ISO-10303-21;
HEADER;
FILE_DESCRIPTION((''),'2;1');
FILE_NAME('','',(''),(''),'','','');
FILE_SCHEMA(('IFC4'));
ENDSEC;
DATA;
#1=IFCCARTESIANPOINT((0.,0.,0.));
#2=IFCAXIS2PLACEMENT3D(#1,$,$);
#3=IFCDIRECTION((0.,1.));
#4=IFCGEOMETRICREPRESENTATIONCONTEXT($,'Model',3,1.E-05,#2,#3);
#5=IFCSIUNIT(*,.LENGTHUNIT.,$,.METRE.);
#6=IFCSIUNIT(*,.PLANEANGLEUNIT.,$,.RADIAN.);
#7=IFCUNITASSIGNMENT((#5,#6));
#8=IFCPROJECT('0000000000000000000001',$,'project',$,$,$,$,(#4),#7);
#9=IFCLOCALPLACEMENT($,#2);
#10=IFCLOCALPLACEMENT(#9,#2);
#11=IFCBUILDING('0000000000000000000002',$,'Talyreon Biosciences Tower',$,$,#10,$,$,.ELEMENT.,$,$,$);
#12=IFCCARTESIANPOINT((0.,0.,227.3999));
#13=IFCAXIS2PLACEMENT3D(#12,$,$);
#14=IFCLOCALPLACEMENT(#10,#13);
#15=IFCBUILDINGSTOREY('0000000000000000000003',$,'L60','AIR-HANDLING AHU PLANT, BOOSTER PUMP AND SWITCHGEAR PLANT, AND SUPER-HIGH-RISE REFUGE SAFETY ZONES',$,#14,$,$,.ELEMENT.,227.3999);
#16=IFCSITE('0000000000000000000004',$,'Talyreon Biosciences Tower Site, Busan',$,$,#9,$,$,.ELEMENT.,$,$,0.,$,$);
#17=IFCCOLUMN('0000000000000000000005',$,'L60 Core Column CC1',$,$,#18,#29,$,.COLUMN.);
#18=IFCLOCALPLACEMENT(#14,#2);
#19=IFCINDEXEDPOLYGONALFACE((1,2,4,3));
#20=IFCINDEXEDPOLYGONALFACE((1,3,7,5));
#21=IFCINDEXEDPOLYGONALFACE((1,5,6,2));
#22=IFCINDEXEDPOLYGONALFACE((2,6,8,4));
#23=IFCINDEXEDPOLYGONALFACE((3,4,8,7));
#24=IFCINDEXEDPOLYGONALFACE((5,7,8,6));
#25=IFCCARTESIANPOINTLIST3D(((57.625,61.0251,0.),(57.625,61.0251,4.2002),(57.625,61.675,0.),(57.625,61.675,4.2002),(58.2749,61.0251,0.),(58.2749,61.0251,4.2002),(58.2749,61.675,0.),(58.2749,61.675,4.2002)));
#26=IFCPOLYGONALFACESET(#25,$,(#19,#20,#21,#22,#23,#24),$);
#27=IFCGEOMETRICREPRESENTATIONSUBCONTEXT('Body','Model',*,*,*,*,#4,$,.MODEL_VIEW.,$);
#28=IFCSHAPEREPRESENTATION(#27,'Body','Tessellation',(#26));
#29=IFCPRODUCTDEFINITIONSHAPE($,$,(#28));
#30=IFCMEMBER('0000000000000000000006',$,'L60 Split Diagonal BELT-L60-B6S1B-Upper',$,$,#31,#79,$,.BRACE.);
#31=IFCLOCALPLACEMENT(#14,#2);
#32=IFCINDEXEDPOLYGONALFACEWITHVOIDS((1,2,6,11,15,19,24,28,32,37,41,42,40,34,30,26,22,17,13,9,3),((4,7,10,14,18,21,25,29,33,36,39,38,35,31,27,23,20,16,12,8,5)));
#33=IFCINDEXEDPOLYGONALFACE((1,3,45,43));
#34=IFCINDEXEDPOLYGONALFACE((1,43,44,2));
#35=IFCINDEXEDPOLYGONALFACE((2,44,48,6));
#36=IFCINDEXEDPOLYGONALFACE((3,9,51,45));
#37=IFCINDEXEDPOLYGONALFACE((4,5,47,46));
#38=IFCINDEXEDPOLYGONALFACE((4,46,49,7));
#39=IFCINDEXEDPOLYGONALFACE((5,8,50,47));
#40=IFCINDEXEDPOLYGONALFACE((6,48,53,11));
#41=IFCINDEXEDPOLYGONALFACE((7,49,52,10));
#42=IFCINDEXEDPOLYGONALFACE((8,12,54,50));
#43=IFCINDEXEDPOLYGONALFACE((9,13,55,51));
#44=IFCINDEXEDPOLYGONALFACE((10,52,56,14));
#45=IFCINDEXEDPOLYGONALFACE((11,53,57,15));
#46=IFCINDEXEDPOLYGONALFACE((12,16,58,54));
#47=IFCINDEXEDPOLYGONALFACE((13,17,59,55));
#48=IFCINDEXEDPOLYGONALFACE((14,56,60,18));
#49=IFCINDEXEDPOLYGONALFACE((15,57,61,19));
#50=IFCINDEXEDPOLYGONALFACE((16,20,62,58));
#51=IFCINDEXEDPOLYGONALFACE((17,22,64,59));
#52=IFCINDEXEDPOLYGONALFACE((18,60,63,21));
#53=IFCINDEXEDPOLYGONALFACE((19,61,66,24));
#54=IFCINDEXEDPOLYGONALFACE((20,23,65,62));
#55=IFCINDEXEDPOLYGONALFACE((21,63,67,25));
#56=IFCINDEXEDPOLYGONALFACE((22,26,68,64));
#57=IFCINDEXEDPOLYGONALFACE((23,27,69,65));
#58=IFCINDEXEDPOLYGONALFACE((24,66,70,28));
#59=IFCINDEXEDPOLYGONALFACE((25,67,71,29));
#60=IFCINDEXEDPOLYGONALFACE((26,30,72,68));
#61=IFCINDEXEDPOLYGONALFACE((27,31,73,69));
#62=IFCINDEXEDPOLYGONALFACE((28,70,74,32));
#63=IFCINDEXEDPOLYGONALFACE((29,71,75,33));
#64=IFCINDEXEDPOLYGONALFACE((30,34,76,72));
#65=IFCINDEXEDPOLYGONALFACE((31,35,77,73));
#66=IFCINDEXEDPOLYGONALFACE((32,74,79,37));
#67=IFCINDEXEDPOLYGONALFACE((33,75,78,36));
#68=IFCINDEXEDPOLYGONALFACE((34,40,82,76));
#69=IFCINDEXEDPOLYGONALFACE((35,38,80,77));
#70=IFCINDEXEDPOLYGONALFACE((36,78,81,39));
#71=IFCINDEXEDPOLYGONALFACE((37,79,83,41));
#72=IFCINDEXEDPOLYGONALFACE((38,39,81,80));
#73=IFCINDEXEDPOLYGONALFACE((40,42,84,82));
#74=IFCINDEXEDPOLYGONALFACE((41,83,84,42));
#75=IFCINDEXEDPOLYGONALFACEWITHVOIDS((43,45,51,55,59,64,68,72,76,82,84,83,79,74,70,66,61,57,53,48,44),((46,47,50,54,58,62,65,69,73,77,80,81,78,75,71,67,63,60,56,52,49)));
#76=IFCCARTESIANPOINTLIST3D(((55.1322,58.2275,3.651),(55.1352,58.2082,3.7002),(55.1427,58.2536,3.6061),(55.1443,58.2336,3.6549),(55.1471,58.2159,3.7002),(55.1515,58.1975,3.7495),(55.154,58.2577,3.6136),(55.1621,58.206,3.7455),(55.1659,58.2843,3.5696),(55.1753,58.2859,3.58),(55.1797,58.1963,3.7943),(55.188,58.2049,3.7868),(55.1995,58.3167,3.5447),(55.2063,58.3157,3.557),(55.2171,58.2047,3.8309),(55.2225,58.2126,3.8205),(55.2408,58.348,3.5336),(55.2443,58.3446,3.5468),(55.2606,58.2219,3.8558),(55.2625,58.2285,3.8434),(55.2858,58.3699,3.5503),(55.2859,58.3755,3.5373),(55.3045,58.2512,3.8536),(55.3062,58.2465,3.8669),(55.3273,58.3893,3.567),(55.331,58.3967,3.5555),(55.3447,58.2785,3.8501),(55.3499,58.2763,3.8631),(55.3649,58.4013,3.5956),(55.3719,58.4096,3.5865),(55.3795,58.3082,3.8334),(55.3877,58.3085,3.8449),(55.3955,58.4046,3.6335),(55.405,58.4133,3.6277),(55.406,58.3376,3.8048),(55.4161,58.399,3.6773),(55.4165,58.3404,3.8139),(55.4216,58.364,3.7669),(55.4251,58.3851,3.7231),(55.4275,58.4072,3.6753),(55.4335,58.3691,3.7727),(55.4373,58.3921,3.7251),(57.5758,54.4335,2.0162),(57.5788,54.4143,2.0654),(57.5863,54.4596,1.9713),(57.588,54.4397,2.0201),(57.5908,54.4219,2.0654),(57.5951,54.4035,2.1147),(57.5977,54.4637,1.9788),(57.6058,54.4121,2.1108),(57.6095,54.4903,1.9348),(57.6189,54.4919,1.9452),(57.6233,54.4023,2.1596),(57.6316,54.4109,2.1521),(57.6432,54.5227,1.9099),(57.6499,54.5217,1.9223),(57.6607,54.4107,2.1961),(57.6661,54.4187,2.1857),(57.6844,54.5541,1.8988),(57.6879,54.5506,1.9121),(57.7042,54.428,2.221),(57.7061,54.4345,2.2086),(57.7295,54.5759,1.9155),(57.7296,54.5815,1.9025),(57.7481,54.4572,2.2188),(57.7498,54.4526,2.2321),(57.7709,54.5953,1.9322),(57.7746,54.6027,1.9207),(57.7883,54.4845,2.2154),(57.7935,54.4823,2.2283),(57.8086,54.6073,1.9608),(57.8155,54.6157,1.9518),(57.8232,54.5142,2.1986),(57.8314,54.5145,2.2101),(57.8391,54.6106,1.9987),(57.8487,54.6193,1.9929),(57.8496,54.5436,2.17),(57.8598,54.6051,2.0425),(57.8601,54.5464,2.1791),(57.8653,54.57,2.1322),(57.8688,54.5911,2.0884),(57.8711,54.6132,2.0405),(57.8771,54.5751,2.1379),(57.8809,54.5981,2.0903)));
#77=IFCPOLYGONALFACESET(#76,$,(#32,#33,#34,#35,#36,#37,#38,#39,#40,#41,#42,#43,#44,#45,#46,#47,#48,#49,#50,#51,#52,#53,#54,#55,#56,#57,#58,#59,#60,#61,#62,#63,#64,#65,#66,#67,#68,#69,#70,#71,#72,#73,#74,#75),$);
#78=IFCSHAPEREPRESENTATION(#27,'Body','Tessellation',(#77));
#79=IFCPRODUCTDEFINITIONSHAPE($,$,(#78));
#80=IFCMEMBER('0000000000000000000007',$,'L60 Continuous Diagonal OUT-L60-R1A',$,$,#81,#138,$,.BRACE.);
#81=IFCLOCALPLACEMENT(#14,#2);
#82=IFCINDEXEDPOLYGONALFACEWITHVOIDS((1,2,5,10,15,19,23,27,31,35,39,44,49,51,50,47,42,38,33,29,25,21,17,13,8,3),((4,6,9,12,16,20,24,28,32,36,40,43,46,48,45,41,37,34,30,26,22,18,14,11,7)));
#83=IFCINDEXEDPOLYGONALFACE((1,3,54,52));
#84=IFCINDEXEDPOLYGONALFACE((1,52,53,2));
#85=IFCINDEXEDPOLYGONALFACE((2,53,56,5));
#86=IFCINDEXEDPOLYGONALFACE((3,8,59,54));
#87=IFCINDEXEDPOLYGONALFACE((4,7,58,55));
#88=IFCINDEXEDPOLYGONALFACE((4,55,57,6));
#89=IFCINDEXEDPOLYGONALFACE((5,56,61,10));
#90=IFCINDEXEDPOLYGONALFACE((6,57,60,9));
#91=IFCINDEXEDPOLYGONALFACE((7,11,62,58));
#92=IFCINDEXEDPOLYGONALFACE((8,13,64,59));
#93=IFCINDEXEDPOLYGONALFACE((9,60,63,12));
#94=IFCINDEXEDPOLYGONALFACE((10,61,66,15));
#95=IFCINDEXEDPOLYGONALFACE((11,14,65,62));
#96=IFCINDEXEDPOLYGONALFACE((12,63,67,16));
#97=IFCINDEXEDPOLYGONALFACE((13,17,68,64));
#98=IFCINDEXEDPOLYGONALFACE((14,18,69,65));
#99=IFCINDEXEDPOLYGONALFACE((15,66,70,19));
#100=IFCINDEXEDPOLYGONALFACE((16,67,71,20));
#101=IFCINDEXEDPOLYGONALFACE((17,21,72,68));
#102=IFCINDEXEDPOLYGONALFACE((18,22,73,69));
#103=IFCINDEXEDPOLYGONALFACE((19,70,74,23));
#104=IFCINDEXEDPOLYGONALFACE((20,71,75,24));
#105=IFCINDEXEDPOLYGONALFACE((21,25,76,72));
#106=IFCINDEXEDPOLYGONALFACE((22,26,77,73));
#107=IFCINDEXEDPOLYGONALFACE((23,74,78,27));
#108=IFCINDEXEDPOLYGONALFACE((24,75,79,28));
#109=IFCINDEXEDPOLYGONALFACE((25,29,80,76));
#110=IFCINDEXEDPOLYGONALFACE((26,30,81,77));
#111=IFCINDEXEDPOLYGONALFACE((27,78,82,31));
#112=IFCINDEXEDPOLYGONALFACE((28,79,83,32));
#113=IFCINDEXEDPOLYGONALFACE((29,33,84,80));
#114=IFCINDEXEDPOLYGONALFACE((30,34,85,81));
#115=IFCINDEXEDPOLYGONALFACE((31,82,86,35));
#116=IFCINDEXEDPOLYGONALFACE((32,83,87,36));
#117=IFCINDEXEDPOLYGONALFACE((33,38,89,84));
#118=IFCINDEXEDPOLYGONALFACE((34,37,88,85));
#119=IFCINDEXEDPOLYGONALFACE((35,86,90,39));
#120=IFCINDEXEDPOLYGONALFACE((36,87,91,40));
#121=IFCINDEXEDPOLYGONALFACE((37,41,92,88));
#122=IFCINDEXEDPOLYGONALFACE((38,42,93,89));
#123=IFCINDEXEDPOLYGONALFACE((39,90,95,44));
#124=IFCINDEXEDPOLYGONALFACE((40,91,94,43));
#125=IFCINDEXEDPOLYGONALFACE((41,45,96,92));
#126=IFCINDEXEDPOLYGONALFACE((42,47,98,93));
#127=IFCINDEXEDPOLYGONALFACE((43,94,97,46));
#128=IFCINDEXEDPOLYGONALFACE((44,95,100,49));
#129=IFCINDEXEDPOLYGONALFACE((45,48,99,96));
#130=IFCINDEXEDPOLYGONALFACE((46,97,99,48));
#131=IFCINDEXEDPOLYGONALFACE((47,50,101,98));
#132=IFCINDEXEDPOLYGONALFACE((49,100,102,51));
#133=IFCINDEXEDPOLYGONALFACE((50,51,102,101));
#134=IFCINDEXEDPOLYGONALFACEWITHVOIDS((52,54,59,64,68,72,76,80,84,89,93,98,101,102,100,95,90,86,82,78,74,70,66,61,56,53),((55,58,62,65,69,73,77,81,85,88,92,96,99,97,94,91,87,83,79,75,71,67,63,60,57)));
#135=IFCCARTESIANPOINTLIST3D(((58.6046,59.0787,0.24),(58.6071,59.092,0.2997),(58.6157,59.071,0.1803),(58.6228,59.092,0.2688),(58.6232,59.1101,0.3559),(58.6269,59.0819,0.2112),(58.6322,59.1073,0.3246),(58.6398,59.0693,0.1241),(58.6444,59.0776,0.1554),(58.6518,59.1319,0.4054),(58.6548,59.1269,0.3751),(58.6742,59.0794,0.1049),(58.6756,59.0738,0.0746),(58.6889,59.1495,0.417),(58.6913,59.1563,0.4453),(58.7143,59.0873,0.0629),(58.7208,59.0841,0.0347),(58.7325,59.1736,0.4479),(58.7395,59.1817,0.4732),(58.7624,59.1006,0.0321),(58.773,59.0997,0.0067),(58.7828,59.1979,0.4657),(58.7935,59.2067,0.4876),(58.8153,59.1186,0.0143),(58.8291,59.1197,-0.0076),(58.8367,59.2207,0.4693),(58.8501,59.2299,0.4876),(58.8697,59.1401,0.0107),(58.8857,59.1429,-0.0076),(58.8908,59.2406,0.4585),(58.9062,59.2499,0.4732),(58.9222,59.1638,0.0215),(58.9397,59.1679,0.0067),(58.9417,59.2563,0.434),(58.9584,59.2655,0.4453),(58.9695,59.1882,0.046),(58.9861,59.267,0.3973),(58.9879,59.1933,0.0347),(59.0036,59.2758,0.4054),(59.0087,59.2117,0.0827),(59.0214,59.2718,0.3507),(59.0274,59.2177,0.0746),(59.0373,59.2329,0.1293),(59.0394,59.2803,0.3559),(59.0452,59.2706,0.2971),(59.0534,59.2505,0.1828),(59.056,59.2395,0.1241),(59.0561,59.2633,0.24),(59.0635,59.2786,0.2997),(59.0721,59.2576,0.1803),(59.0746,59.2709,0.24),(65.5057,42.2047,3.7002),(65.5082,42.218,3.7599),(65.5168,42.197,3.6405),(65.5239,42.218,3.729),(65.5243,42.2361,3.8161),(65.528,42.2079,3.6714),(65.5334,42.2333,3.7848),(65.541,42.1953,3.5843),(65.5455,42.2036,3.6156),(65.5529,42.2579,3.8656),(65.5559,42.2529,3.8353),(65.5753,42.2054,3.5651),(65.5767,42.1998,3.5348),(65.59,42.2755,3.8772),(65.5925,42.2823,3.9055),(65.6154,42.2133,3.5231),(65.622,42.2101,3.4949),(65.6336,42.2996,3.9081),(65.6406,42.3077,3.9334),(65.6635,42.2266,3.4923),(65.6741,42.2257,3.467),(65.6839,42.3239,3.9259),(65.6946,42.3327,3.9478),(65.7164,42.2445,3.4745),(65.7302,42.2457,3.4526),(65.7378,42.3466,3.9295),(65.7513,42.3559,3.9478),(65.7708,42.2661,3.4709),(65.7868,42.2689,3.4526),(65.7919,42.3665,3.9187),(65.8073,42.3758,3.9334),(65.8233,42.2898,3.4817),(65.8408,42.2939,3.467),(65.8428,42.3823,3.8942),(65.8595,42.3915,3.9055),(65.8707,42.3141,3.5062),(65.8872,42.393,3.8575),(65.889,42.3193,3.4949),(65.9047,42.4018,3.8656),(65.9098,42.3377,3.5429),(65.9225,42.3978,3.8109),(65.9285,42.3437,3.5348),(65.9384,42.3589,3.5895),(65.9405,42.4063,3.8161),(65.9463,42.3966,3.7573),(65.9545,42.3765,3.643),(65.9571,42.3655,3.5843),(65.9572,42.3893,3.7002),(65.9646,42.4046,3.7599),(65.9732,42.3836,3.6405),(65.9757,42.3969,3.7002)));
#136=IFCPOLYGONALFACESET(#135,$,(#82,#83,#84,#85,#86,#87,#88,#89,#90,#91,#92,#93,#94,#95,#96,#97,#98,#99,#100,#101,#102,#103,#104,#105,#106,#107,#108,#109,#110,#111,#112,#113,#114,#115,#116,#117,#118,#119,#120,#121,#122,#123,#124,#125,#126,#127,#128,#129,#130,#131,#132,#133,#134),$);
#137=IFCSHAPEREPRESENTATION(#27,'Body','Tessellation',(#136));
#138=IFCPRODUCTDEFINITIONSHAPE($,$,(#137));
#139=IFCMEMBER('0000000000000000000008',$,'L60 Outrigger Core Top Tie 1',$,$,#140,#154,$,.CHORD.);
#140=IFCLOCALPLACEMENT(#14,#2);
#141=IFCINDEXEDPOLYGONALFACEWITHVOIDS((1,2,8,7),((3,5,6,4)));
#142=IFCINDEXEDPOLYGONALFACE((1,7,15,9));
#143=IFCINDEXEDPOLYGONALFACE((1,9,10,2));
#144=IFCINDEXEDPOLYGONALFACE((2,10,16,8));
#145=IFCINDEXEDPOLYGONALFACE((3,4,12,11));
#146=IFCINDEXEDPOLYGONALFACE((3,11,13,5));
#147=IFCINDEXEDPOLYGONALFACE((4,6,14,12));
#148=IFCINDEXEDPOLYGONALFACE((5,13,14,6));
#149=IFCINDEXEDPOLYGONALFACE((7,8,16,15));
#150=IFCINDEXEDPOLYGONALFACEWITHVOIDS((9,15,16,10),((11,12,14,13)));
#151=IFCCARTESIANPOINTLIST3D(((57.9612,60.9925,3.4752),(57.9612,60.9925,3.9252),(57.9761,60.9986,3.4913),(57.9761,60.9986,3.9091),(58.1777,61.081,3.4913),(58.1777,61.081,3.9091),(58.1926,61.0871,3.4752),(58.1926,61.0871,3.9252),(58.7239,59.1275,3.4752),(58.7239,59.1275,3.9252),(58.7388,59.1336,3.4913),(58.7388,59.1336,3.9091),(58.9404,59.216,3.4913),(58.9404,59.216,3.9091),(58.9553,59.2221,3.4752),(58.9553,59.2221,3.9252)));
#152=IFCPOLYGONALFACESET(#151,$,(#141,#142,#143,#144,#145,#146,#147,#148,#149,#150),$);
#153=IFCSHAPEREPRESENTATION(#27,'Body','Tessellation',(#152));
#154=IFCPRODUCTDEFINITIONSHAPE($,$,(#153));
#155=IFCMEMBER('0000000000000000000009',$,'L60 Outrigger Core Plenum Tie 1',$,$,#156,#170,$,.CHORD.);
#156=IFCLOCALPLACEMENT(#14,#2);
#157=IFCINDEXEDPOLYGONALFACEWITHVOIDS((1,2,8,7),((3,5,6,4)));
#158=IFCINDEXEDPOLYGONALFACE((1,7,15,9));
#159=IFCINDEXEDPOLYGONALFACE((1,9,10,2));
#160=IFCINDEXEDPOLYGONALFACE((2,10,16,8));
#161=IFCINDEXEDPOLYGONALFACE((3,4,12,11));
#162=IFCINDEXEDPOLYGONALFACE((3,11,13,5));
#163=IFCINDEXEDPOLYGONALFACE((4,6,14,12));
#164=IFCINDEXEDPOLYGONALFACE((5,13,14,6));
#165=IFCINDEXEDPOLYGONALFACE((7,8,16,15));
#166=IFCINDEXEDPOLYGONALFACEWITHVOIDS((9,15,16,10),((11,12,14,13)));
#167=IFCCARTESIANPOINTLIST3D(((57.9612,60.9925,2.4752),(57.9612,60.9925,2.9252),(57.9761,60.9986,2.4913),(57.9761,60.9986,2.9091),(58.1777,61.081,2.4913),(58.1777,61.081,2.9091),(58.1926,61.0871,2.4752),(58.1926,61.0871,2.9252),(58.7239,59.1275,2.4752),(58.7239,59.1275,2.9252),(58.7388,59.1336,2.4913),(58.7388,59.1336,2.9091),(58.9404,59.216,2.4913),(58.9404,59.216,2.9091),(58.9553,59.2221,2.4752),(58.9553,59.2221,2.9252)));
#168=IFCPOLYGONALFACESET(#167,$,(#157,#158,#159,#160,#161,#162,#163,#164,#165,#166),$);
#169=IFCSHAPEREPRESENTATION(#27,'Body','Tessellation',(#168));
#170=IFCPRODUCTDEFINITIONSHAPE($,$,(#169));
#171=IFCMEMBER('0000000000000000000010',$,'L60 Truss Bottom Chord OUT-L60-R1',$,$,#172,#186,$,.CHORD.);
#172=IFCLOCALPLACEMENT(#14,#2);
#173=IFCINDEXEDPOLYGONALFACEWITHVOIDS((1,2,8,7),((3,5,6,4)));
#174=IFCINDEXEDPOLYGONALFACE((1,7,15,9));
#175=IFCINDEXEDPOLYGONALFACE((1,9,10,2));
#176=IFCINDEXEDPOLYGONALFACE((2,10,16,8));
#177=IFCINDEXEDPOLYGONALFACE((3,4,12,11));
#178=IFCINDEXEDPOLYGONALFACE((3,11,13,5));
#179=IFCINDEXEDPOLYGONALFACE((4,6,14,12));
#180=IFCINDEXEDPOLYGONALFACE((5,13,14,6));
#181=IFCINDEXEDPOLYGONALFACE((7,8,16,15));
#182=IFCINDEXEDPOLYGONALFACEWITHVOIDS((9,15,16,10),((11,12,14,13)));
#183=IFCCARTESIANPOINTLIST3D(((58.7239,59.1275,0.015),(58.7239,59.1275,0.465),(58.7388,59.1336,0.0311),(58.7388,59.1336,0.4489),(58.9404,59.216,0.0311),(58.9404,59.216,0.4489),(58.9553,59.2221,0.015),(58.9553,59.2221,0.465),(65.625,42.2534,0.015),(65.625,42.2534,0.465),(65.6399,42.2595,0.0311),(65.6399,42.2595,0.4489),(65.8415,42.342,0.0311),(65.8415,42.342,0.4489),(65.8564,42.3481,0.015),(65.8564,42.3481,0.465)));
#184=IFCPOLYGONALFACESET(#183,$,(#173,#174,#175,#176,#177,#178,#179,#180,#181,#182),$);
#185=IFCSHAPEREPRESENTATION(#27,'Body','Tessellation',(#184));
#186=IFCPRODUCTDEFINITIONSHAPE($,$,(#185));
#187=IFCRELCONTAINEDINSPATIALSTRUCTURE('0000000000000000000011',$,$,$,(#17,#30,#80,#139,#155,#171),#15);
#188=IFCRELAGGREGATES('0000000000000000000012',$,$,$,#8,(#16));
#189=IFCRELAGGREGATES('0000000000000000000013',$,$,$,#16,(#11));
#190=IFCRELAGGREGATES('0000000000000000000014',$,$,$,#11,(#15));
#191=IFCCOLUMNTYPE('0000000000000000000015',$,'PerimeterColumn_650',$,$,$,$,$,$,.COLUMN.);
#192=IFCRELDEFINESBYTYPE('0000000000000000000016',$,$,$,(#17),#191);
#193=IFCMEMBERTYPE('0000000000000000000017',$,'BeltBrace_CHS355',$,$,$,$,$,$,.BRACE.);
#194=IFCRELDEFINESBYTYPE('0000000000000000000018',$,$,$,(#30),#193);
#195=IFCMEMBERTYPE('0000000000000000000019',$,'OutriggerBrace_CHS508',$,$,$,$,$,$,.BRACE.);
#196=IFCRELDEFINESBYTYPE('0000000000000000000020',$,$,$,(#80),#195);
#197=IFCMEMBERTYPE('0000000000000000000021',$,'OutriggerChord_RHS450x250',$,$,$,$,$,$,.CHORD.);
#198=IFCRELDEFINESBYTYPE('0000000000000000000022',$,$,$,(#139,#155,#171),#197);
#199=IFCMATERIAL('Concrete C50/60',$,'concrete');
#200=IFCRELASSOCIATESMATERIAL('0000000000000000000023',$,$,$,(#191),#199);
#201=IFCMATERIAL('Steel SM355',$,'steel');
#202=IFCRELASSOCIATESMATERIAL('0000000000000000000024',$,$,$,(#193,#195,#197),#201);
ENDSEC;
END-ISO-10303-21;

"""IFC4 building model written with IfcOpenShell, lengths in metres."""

from ifc_helpers import new_model, si_unit, direction, frame, origin, origin_2d, place, context, subcontext, project, spatial, rectangle, hollow_rectangle, hollow_circle, extrude, material, material_profile, profile_set, type_object, element, save


model = new_model("IFC4")

# Units and contexts
model_context = context("Model", 3, precision=1e-05, world=origin(), true_north=direction((0.0, 1.0)))
body_context = subcontext(model_context, "Body", "Model", "MODEL_VIEW")
ifc_project = project(units=[si_unit("LENGTHUNIT", "METRE"), si_unit("PLANEANGLEUNIT", "RADIAN")], contexts=[model_context])

# Site, building, storey
site_placement = place(None, origin())
site = spatial("IfcSite", under=ifc_project, at=site_placement, Name="Talyreon Biosciences Tower Site, Busan", CompositionType="ELEMENT", RefElevation=0.0)
building_placement = place(site_placement, origin())
building = spatial("IfcBuilding", under=site, at=building_placement, Name="Talyreon Biosciences Tower", CompositionType="ELEMENT")
storey_placement = place(building_placement, frame((0.0, 0.0, 227.3999)))
storey = spatial("IfcBuildingStorey", under=building, at=storey_placement, Name="L60", Description="AIR-HANDLING AHU PLANT, BOOSTER PUMP AND SWITCHGEAR PLANT, AND SUPER-HIGH-RISE REFUGE SAFETY ZONES", CompositionType="ELEMENT", Elevation=227.3999)

# Column
ifc_material_1 = material(Name="Concrete C50/60", Category="concrete")
ifc_material_profile_1 = material_profile(ifc_material_1, rectangle(XDim=0.6499, YDim=0.6499, at=origin_2d()), Name="RC 650x650")
ifc_profile_set_1 = profile_set([ifc_material_profile_1], Name="Concrete C50/60")
column_type = type_object("IfcColumnType", Name="PerimeterColumn_650", PredefinedType="COLUMN", material=ifc_profile_set_1)
column_placement = place(storey_placement, frame((57.95, 61.3501, 0.0), z_axis=(0.0, 0.0, 1.0), x_axis=(1.0, 0.0, 0.0)))
element("IfcColumn", 1, at=column_placement, inside=storey, type_object=column_type, Name="L60 Core Column CC1", PredefinedType="COLUMN", context=body_context, shape_type="SweptSolid", body=[
    extrude(rectangle(XDim=0.6499, YDim=0.6499, at=origin_2d()), origin(), (0.0, 0.0, 1.0), 4.2002),
])

# Members
ifc_material_2 = material(Name="Steel SM355", Category="steel")
ifc_material_profile_2 = material_profile(ifc_material_2, hollow_circle(Radius=0.1777, WallThickness=0.0142, at=origin_2d()), Name="CHS 355.6x14.2")
ifc_profile_set_2 = profile_set([ifc_material_profile_2], Name="Steel SM355")
member_type_1 = type_object("IfcMemberType", Name="BeltBrace_CHS355", PredefinedType="BRACE", material=ifc_profile_set_2)
member_1_placement = place(storey_placement, frame((57.7283, 54.5105, 2.0654), z_axis=(-0.50911, 0.790445, 0.340593), x_axis=(-0.840711, -0.541485, 0.0)))
element("IfcMember", 2, at=member_1_placement, inside=storey, type_object=member_type_1, Name="L60 Split Diagonal BELT-L60-B6S1B-Upper", PredefinedType="BRACE", context=body_context, shape_type="SweptSolid", body=[
    extrude(hollow_circle(Radius=0.1777, WallThickness=0.0142, at=origin_2d()), origin(), (0.0, 0.0, 1.0), 4.7998),
])
ifc_material_profile_3 = material_profile(ifc_material_2, hollow_circle(Radius=0.2539, WallThickness=0.02, at=origin_2d()), Name="CHS 508x20")
ifc_profile_set_3 = profile_set([ifc_material_profile_3], Name="Steel SM355")
member_type_2 = type_object("IfcMemberType", Name="OutriggerBrace_CHS508", PredefinedType="BRACE", material=ifc_profile_set_3)
member_2_placement = place(storey_placement, frame((58.8396, 59.1748, 0.24), z_axis=(0.371905, -0.909349, 0.186472), x_axis=(0.925583, 0.378544, 0.0)))
element("IfcMember", 3, at=member_2_placement, inside=storey, type_object=member_type_2, Name="L60 Continuous Diagonal OUT-L60-R1A", PredefinedType="BRACE", context=body_context, shape_type="SweptSolid", body=[
    extrude(hollow_circle(Radius=0.2539, WallThickness=0.02, at=origin_2d()), origin(), (0.0, 0.0, 1.0), 18.5562),
])
ifc_material_profile_4 = material_profile(ifc_material_2, hollow_rectangle(XDim=0.25, YDim=0.45, WallThickness=0.0161, at=origin_2d()), Name="RHS 450x250x16")
ifc_profile_set_4 = profile_set([ifc_material_profile_4], Name="Steel SM355")
member_type_3 = type_object("IfcMemberType", Name="OutriggerChord_RHS450x250", PredefinedType="CHORD", material=ifc_profile_set_4)
for number, where, z_axis, x_axis, name in (
    (4, (58.0769, 61.0398, 3.7002), (0.378524, -0.925591, 0.0), (0.925591, 0.378524, 0.0), "L60 Outrigger Core Top Tie 1"),
    (5, (58.0769, 61.0398, 2.7002), (0.378524, -0.925591, 0.0), (0.925591, 0.378524, 0.0), "L60 Outrigger Core Plenum Tie 1"),
):
    element("IfcMember", number, at=place(storey_placement, frame(where, z_axis=z_axis, x_axis=x_axis)), inside=storey, type_object=member_type_3, Name=name, PredefinedType="CHORD", context=body_context, shape_type="SweptSolid", body=[
        extrude(hollow_rectangle(XDim=0.25, YDim=0.45, WallThickness=0.0161, at=origin_2d()), origin(), (0.0, 0.0, 1.0), 2.0149),
    ])
for number, where, z_axis, x_axis, name in (
    (6, (58.8396, 59.1748, 0.24), (0.378544, -0.925583, 0.0), (0.925583, 0.378544, 0.0), "L60 Truss Bottom Chord OUT-L60-R1"),
):
    element("IfcMember", number, at=place(storey_placement, frame(where, z_axis=z_axis, x_axis=x_axis)), inside=storey, type_object=member_type_3, Name=name, PredefinedType="CHORD", context=body_context, shape_type="SweptSolid", body=[
        extrude(hollow_rectangle(XDim=0.25, YDim=0.45, WallThickness=0.0161, at=origin_2d()), origin(), (0.0, 0.0, 1.0), 18.2307),
    ])

save(model, "model.ifc")
